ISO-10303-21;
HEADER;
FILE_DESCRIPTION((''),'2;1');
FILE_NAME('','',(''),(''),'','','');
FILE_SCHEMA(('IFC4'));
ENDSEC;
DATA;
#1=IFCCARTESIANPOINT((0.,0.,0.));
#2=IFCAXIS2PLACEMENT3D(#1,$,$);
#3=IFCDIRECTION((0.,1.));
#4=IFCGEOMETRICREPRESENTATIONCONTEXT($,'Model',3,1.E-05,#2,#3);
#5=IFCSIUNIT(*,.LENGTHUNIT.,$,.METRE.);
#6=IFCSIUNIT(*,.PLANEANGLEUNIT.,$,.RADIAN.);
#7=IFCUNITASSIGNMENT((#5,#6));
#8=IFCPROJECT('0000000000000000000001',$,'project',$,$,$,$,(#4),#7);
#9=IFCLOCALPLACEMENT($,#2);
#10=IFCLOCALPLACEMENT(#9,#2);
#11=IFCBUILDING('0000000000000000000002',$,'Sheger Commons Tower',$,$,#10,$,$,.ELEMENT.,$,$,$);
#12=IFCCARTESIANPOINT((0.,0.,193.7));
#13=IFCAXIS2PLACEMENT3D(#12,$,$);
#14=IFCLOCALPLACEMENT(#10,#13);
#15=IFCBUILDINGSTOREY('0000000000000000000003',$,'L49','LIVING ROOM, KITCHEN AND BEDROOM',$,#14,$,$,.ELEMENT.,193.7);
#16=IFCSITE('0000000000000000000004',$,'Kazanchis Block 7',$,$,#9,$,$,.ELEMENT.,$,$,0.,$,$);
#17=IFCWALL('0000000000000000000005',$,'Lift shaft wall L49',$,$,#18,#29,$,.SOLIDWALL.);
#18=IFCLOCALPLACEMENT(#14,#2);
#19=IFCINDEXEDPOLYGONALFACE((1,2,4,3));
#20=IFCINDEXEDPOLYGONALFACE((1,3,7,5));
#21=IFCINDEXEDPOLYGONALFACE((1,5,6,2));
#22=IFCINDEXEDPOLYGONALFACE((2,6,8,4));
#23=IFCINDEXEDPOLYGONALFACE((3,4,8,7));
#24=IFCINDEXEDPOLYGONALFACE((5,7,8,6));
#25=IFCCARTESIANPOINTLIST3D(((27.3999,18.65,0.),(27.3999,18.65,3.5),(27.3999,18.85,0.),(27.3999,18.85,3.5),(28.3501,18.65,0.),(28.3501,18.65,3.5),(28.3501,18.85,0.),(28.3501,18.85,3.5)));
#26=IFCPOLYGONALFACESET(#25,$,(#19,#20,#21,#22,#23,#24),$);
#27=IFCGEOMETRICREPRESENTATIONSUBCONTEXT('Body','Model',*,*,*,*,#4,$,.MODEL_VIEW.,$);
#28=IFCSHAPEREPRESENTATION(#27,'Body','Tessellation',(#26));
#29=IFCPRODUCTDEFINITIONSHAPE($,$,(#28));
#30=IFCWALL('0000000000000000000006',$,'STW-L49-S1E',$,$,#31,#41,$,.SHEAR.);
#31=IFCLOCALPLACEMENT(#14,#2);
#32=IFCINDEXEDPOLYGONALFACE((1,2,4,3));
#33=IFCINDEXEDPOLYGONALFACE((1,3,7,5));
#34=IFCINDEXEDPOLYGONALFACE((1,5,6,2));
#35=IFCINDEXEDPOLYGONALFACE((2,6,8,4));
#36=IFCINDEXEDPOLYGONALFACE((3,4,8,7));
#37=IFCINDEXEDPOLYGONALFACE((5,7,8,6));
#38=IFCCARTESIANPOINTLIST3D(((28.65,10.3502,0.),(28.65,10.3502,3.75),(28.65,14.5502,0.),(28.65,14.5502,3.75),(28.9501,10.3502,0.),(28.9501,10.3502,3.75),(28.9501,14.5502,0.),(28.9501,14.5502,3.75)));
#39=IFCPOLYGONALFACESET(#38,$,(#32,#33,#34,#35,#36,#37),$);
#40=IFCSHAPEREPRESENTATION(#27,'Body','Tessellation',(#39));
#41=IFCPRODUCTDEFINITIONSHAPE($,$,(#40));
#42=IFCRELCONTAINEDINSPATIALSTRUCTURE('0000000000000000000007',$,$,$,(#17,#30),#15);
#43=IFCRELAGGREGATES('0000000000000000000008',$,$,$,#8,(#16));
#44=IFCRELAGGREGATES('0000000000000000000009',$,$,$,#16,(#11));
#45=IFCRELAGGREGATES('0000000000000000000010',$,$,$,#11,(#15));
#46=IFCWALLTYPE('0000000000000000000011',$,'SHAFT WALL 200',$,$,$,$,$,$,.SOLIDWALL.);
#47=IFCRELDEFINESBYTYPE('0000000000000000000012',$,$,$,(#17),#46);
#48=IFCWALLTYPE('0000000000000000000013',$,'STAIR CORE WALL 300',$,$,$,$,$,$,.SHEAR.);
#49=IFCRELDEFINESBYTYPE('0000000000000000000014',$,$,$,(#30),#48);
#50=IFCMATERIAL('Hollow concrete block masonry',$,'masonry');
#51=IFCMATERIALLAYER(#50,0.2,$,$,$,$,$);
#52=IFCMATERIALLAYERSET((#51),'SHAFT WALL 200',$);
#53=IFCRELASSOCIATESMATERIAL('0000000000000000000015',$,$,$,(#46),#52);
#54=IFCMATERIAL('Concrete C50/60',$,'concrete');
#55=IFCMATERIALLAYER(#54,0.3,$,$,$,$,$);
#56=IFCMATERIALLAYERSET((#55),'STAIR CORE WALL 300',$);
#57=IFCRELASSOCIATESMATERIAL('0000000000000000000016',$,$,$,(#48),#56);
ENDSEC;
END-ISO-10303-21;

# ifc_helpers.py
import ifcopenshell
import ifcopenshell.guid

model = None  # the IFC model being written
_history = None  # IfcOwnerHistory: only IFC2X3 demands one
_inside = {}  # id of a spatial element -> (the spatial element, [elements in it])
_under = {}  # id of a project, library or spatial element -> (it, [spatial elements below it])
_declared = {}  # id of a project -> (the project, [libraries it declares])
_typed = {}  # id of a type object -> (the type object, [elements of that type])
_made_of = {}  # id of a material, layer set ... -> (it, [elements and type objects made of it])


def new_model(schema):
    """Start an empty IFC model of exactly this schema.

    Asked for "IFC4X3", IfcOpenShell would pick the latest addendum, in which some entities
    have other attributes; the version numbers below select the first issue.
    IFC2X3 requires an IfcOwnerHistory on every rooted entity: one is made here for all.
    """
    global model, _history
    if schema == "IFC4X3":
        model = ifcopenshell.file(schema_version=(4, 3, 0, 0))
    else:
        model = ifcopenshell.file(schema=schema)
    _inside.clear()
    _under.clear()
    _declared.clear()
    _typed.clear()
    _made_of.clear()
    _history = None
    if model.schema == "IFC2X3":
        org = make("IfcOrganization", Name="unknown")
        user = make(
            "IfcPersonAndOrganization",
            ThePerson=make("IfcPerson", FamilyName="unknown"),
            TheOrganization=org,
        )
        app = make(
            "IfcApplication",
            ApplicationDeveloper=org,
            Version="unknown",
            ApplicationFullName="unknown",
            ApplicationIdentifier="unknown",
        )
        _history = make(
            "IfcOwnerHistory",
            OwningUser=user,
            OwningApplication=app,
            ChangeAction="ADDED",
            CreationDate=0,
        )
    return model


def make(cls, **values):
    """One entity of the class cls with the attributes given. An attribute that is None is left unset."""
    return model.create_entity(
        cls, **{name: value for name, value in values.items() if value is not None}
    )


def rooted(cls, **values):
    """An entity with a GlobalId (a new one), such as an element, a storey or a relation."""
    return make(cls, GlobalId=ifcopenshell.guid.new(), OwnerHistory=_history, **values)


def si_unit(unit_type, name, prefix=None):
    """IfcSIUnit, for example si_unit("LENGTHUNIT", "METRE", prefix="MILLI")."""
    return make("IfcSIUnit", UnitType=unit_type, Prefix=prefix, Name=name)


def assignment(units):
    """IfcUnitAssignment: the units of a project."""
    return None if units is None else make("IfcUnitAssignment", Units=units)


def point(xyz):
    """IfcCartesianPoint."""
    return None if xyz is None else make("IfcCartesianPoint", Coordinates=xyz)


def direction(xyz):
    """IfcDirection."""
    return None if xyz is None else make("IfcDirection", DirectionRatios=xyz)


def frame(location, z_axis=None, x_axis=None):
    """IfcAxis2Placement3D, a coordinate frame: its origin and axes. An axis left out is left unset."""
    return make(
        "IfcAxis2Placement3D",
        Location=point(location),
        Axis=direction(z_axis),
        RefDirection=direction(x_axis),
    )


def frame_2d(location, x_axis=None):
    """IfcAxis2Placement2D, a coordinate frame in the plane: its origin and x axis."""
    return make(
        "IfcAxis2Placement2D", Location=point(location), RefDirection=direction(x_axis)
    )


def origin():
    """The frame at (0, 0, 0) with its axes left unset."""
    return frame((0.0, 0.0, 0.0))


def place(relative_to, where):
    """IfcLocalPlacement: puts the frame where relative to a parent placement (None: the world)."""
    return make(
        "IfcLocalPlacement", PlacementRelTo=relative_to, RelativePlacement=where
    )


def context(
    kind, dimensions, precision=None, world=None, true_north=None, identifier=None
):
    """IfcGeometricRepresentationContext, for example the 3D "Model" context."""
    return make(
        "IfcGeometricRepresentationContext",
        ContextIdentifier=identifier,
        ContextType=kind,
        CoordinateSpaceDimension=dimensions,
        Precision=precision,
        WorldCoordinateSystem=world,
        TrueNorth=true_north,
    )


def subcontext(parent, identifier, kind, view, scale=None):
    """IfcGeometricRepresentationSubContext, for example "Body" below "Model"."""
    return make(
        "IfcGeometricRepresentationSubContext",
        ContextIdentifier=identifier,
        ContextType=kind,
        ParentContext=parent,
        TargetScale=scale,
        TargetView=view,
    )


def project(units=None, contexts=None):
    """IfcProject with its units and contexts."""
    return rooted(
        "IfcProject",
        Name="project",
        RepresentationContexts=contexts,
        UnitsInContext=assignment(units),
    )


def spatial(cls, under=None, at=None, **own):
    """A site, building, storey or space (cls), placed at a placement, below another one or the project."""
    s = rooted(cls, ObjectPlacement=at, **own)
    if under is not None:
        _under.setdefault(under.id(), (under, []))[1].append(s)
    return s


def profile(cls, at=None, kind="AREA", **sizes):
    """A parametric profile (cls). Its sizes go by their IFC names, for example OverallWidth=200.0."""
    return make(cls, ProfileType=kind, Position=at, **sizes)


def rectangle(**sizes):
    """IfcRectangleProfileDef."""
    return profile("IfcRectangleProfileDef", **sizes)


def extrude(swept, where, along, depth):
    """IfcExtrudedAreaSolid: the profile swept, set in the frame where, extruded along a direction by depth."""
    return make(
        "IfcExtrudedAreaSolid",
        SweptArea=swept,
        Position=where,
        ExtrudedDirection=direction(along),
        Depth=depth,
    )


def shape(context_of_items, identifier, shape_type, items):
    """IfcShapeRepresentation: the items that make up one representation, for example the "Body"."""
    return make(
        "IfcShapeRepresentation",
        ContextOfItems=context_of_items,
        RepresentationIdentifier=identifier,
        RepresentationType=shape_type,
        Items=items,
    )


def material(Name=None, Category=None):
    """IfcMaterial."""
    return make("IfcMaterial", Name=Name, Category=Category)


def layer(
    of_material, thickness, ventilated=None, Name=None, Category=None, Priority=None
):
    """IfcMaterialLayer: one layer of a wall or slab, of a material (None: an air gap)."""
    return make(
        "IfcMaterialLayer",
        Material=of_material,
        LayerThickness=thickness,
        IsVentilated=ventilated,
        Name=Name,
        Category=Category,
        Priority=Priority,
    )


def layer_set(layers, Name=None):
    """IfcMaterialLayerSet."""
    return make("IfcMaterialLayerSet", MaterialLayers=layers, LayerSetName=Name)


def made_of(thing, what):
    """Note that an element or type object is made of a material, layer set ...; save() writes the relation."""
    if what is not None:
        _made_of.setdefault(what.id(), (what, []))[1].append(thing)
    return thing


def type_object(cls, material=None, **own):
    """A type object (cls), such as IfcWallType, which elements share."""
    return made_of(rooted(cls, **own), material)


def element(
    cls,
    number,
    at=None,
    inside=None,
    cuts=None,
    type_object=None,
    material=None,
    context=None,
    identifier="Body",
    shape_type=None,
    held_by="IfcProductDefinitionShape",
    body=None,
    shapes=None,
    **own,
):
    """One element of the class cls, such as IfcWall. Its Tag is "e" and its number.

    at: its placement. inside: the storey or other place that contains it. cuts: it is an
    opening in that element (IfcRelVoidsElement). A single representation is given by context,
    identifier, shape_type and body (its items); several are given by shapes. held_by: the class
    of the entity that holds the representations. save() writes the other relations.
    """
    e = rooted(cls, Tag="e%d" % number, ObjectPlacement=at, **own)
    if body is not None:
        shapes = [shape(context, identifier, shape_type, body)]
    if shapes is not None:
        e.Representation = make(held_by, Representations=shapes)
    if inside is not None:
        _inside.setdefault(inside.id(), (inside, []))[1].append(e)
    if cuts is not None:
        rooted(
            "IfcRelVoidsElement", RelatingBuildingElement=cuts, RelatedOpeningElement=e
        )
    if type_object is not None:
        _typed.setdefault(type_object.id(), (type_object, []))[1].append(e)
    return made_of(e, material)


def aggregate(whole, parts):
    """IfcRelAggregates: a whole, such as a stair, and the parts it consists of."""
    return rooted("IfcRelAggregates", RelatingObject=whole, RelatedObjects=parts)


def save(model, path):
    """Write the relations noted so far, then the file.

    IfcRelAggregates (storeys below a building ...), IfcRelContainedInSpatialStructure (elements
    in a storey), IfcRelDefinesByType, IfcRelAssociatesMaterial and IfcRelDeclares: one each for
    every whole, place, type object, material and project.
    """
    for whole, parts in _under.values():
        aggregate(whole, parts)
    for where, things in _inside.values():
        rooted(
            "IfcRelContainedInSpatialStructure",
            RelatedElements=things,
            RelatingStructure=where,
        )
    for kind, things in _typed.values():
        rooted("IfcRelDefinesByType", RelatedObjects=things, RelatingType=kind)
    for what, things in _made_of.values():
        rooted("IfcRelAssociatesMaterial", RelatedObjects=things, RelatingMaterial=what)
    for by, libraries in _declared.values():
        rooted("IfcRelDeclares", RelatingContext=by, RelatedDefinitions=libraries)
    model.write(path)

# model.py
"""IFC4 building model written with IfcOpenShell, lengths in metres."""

from ifc_helpers import new_model, si_unit, direction, frame, frame_2d, origin, place, context, subcontext, project, spatial, rectangle, extrude, material, layer, layer_set, type_object, element, save


model = new_model("IFC4")

# Units and contexts
model_context = context("Model", 3, precision=1e-05, world=origin(), true_north=direction((0.0, 1.0)))
body_context = subcontext(model_context, "Body", "Model", "MODEL_VIEW")
ifc_project = project(units=[si_unit("LENGTHUNIT", "METRE"), si_unit("PLANEANGLEUNIT", "RADIAN")], contexts=[model_context])

# Site, building, storey
site_placement = place(None, origin())
site = spatial("IfcSite", under=ifc_project, at=site_placement, Name="Kazanchis Block 7", CompositionType="ELEMENT", RefElevation=0.0)
building_placement = place(site_placement, origin())
building = spatial("IfcBuilding", under=site, at=building_placement, Name="Sheger Commons Tower", CompositionType="ELEMENT")
storey_placement = place(building_placement, frame((0.0, 0.0, 193.7)))
storey = spatial("IfcBuildingStorey", under=building, at=storey_placement, Name="L49", Description="LIVING ROOM, KITCHEN AND BEDROOM", CompositionType="ELEMENT", Elevation=193.7)

# Walls
ifc_material_1 = material(Name="Hollow concrete block masonry", Category="masonry")
ifc_layer_1 = layer(ifc_material_1, 0.2)
ifc_layer_set_1 = layer_set([ifc_layer_1], Name="SHAFT WALL 200")
wall_type_1 = type_object("IfcWallType", Name="SHAFT WALL 200", PredefinedType="SOLIDWALL", material=ifc_layer_set_1)
wall_1_placement = place(storey_placement, frame((27.3999, 18.75, 0.0), z_axis=(0.0, 0.0, 1.0), x_axis=(1.0, 0.0, 0.0)))
element("IfcWall", 1, at=wall_1_placement, inside=storey, type_object=wall_type_1, Name="Lift shaft wall L49", PredefinedType="SOLIDWALL", context=body_context, shape_type="SweptSolid", body=[
    extrude(rectangle(XDim=0.9502, YDim=0.2, at=frame_2d((0.4751, 0.0))), origin(), (0.0, 0.0, 1.0), 3.5),
])
ifc_material_2 = material(Name="Concrete C50/60", Category="concrete")
ifc_layer_2 = layer(ifc_material_2, 0.3)
ifc_layer_set_2 = layer_set([ifc_layer_2], Name="STAIR CORE WALL 300")
wall_type_2 = type_object("IfcWallType", Name="STAIR CORE WALL 300", PredefinedType="SHEAR", material=ifc_layer_set_2)
wall_2_placement = place(storey_placement, frame((28.8, 10.3501, 0.0), z_axis=(0.0, 0.0, 1.0), x_axis=(0.0, 1.0, 0.0)))
element("IfcWall", 2, at=wall_2_placement, inside=storey, type_object=wall_type_2, Name="STW-L49-S1E", PredefinedType="SHEAR", context=body_context, shape_type="SweptSolid", body=[
    extrude(rectangle(XDim=4.2, YDim=0.3, at=frame_2d((2.1001, 0.0))), origin(), (0.0, 0.0, 1.0), 3.75),
])

save(model, "model.ifc")
